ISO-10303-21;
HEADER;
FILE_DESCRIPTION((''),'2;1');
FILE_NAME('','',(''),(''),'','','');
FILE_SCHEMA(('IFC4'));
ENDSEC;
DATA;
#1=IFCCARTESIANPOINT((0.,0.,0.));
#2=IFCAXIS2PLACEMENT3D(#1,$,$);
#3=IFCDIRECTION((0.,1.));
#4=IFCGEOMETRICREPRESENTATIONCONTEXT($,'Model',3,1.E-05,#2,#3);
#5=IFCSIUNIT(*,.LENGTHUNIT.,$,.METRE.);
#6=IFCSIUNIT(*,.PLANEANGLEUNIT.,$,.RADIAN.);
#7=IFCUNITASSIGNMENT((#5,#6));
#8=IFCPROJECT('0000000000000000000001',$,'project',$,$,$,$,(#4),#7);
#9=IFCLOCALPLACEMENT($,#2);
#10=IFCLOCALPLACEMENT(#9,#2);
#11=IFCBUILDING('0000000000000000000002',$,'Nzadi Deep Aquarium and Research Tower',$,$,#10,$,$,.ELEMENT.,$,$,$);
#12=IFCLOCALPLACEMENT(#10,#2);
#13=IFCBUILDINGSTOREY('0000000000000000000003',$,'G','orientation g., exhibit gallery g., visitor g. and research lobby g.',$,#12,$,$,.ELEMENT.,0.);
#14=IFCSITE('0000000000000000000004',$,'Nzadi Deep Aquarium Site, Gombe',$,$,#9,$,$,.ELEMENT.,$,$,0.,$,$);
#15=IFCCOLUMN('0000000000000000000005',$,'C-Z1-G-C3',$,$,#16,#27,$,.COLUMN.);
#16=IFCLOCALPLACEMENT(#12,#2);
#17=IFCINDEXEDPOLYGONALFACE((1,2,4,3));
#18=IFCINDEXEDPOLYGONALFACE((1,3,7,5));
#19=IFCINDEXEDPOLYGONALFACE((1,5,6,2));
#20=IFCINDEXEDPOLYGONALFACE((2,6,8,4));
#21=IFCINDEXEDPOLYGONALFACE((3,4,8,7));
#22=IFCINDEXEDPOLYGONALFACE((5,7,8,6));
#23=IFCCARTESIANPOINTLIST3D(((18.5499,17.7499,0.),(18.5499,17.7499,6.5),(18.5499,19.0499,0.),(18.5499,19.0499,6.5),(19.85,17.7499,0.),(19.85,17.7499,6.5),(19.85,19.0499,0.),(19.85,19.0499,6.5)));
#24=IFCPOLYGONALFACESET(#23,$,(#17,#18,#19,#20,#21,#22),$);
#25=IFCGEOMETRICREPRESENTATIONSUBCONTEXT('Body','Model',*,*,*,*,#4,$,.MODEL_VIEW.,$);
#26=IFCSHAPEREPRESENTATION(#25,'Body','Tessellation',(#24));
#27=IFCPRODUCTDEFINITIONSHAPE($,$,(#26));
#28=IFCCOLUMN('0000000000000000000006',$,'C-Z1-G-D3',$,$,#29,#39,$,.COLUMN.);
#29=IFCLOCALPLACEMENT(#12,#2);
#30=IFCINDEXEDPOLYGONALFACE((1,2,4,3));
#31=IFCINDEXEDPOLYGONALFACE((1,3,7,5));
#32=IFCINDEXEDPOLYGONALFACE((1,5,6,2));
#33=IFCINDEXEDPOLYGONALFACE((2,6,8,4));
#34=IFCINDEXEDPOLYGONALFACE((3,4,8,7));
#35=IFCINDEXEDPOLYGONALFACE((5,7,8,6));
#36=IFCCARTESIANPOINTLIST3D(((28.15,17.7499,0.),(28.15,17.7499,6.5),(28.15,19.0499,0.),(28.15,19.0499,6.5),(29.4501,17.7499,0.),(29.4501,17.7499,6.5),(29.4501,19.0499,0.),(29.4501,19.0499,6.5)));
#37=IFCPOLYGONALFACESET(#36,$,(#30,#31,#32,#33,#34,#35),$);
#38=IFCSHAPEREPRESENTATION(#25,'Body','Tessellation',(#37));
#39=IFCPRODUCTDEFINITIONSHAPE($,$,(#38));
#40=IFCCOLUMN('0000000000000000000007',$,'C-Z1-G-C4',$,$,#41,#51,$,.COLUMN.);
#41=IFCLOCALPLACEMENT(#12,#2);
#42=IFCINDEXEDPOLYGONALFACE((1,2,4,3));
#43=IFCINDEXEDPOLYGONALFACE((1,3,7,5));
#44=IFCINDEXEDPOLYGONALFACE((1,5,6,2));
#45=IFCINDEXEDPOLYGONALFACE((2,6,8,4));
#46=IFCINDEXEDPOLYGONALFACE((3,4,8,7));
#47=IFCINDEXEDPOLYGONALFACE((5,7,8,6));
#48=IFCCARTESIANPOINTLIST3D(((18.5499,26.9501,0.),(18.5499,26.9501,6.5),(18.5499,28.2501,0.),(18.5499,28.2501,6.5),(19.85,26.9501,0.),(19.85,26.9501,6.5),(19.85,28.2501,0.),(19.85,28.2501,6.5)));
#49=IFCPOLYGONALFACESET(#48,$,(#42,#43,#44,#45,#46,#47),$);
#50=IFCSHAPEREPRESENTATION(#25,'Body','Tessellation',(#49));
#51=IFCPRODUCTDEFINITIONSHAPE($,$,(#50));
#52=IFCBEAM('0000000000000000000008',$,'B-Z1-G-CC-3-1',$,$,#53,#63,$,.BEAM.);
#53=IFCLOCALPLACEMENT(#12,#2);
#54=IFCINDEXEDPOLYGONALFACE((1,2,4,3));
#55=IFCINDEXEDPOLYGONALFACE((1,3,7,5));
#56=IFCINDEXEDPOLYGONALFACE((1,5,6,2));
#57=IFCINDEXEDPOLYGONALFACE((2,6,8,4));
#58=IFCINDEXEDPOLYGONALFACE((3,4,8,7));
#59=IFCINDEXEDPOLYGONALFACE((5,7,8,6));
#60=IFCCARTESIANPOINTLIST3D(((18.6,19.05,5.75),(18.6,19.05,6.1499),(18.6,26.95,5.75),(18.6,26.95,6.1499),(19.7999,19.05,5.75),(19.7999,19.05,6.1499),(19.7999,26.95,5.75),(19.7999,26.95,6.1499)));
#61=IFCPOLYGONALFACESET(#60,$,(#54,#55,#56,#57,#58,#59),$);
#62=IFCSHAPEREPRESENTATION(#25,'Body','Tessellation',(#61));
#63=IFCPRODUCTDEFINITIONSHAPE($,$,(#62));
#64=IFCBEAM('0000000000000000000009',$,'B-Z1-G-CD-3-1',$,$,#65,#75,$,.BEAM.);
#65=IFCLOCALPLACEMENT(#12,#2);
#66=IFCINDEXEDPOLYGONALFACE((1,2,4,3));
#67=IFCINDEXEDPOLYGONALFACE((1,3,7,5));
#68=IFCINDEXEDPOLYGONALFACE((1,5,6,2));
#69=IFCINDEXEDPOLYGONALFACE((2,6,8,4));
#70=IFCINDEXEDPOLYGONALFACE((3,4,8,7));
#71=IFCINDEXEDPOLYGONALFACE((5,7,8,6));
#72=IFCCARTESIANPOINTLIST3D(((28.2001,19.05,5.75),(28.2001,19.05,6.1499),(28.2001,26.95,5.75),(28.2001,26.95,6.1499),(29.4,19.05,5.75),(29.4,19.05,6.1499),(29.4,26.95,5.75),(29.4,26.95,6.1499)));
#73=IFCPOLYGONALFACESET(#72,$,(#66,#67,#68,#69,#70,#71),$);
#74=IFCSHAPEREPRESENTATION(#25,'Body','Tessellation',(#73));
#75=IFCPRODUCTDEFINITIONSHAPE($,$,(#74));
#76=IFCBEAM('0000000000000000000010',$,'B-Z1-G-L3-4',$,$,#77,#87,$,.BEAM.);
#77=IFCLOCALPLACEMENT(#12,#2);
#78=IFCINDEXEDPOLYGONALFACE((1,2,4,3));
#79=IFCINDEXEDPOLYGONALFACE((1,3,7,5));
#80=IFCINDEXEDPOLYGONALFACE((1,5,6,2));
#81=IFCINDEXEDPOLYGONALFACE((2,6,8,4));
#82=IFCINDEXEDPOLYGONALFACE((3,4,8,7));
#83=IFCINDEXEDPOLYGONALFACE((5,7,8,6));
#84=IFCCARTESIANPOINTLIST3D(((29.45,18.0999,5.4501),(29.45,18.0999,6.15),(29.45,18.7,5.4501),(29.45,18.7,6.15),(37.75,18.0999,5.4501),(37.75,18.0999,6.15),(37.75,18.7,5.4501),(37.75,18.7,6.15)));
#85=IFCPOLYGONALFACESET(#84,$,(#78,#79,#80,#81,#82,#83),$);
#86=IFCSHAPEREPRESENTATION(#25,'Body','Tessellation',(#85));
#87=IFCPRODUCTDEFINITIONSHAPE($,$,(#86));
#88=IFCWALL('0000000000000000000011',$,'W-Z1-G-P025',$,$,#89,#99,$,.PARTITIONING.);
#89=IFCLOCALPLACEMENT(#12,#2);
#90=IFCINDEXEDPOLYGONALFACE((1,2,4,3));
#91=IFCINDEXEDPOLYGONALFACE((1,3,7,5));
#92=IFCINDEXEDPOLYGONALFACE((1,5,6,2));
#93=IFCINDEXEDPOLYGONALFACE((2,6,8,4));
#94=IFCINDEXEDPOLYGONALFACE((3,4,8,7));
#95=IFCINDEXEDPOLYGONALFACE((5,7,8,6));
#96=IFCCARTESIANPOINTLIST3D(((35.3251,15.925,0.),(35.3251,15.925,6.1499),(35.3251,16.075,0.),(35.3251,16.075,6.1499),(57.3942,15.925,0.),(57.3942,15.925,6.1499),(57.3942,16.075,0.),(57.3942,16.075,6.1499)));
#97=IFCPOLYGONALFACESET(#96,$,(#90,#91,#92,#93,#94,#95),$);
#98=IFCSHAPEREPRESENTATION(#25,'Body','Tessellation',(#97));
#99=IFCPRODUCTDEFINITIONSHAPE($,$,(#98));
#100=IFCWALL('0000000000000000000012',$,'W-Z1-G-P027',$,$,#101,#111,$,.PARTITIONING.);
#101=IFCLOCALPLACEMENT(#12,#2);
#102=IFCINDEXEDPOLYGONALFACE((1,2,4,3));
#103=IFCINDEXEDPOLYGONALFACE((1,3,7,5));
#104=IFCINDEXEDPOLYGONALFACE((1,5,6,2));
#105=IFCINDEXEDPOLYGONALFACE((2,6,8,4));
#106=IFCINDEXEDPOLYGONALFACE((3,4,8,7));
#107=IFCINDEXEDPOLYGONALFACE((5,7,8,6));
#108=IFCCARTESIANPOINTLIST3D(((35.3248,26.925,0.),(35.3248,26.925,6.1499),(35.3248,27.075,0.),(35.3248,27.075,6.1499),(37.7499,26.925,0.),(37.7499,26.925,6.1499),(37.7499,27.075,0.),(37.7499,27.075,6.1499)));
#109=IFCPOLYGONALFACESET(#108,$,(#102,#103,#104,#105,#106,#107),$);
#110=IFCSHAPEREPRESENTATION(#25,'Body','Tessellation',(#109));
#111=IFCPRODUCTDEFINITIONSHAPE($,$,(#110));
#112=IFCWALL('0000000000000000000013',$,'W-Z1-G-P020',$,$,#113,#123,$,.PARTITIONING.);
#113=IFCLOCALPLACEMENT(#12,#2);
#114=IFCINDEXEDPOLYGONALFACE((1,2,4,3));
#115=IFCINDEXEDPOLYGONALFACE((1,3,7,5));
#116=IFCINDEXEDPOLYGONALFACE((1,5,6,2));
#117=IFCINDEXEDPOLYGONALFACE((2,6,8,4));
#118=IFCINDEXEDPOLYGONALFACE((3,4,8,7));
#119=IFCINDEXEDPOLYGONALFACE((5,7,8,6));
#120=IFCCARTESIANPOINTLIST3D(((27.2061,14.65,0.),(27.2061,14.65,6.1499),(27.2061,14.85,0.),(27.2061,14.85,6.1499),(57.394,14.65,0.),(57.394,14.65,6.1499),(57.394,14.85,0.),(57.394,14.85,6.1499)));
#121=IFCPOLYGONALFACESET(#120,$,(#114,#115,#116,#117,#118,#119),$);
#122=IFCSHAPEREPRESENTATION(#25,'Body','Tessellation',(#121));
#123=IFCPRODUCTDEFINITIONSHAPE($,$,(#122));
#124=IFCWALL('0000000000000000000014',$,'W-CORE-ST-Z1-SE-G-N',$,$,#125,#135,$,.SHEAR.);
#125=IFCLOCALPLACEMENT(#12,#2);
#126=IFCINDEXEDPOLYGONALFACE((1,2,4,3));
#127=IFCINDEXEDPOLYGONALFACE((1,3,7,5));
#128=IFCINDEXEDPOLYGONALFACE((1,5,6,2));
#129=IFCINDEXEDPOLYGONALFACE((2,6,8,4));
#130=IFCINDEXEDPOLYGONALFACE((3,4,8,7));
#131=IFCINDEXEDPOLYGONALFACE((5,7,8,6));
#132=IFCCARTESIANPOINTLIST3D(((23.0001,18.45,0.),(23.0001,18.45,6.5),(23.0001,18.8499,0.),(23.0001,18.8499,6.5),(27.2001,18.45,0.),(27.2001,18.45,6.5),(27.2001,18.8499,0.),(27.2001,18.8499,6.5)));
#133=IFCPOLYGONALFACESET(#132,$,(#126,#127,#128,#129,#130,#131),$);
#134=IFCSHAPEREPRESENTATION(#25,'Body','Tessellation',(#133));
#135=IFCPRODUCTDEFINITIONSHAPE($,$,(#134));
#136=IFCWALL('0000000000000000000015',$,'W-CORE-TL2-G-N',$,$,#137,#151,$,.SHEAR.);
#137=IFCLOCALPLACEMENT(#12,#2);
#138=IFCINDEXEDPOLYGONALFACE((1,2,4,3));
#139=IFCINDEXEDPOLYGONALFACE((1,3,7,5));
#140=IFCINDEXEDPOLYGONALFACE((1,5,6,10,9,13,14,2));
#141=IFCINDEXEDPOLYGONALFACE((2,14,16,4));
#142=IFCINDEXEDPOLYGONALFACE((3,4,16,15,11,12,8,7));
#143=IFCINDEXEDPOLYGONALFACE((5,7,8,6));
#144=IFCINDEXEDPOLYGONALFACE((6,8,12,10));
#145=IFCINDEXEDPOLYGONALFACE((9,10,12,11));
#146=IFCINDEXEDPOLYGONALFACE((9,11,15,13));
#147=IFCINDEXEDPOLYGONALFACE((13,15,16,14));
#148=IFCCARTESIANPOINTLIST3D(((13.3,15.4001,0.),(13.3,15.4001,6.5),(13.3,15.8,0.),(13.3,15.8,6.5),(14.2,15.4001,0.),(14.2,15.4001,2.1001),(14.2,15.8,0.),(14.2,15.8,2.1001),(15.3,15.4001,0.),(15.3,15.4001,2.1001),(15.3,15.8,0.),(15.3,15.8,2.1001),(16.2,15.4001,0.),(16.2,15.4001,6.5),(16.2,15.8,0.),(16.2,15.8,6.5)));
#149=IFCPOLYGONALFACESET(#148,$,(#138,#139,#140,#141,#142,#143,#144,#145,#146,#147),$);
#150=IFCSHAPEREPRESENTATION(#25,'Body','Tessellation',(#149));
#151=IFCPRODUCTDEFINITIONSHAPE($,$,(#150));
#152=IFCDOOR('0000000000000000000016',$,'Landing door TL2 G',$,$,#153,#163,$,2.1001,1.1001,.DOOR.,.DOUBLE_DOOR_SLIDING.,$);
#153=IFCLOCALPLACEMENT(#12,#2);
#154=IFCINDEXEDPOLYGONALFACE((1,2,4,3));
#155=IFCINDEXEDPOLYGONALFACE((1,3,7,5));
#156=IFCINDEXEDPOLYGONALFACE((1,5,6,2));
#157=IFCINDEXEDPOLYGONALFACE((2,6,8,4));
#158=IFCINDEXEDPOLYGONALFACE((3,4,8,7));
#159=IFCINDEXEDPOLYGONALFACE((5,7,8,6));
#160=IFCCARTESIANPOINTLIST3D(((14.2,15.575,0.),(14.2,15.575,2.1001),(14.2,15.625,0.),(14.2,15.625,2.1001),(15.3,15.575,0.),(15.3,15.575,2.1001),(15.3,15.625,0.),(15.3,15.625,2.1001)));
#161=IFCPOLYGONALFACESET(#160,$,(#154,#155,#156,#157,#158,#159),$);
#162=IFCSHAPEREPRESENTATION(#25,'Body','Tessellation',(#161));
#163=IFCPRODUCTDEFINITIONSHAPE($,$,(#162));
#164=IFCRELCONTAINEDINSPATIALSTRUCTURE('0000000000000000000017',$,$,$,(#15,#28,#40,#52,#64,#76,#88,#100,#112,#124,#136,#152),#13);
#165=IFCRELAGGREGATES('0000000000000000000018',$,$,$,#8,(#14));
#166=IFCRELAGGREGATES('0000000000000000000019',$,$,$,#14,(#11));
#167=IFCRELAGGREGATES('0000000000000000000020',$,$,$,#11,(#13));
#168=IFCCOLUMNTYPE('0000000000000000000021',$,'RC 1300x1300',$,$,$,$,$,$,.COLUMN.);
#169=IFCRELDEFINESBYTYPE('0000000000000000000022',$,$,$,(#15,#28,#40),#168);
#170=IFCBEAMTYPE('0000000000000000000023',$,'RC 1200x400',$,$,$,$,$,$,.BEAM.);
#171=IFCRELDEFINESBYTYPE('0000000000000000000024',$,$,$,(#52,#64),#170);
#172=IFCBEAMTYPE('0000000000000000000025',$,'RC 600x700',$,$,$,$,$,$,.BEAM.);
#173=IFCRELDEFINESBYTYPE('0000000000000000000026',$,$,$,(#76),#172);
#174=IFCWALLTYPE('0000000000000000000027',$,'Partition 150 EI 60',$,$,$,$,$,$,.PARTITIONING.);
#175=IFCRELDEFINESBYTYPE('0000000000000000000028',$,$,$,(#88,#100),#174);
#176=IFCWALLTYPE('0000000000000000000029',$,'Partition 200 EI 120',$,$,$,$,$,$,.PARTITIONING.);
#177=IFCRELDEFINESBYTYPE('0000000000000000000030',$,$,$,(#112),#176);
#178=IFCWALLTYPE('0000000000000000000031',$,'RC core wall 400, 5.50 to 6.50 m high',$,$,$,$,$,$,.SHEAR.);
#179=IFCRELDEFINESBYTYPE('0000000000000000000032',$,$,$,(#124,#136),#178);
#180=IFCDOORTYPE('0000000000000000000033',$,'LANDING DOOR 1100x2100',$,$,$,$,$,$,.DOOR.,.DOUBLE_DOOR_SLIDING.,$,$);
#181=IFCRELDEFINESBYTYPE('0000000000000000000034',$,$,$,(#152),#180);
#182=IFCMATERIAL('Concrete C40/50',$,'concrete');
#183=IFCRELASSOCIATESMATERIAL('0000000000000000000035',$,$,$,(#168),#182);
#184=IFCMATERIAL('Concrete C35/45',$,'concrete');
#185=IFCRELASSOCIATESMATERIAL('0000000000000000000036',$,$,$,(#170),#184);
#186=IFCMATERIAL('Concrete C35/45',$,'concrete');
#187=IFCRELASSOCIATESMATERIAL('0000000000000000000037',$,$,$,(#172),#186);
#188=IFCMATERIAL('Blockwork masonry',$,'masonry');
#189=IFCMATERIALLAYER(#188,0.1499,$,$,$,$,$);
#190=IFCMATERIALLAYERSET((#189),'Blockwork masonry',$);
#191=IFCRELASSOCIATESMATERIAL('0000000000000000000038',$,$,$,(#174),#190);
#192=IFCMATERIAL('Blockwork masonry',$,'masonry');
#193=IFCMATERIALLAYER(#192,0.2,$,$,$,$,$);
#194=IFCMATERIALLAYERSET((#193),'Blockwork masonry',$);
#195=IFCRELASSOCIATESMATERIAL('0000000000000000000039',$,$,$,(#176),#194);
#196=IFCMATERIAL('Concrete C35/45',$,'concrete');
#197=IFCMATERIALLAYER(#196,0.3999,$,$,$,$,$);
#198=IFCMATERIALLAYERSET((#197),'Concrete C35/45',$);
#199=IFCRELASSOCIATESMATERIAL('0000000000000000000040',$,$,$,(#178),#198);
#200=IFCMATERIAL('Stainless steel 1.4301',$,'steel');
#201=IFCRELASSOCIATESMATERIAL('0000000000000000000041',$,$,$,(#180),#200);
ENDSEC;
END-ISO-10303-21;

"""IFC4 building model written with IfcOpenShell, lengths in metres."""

from ifc_helpers import new_model, si_unit, direction, frame, frame_2d, origin, origin_2d, place, context, subcontext, project, spatial, rectangle, extrude, material, layer, layer_set, material_profile, profile_set, type_object, element, fill, save


model = new_model("IFC4")

# Units and contexts
model_context = context("Model", 3, precision=1e-05, world=origin(), true_north=direction((0.0, 1.0)))
body_context = subcontext(model_context, "Body", "Model", "MODEL_VIEW")
ifc_project = project(units=[si_unit("LENGTHUNIT", "METRE"), si_unit("PLANEANGLEUNIT", "RADIAN")], contexts=[model_context])

# Site, building, storey
site_placement = place(None, origin())
site = spatial("IfcSite", under=ifc_project, at=site_placement, Name="Nzadi Deep Aquarium Site, Gombe", CompositionType="ELEMENT", RefElevation=0.0)
building_placement = place(site_placement, origin())
building = spatial("IfcBuilding", under=site, at=building_placement, Name="Nzadi Deep Aquarium and Research Tower", CompositionType="ELEMENT")
storey_placement = place(building_placement, origin())
storey = spatial("IfcBuildingStorey", under=building, at=storey_placement, Name="G", Description="orientation g., exhibit gallery g., visitor g. and research lobby g.", CompositionType="ELEMENT", Elevation=0.0)

# Columns
ifc_material_1 = material(Name="Concrete C40/50", Category="concrete")
ifc_material_profile_1 = material_profile(ifc_material_1, rectangle(XDim=1.3, YDim=1.3, at=origin_2d()))
ifc_profile_set_1 = profile_set([ifc_material_profile_1], Name="Concrete C40/50")
column_type = type_object("IfcColumnType", Name="RC 1300x1300", PredefinedType="COLUMN", material=ifc_profile_set_1)
for number, where, z_axis, x_axis, name in (
    (1, (19.2, 18.3999, 0.0), (0.0, 0.0, 1.0), (1.0, 0.0, 0.0), "C-Z1-G-C3"),
    (2, (28.8, 18.3999, 0.0), (0.0, 0.0, 1.0), (1.0, 0.0, 0.0), "C-Z1-G-D3"),
    (3, (19.2, 27.6001, 0.0), (0.0, 0.0, 1.0), (1.0, 0.0, 0.0), "C-Z1-G-C4"),
):
    element("IfcColumn", number, at=place(storey_placement, frame(where, z_axis=z_axis, x_axis=x_axis)), inside=storey, type_object=column_type, Name=name, PredefinedType="COLUMN", context=body_context, shape_type="SweptSolid", body=[
        extrude(rectangle(XDim=1.3, YDim=1.3, at=origin_2d()), origin(), (0.0, 0.0, 1.0), 6.5),
    ])

# Beams
ifc_material_2 = material(Name="Concrete C35/45", Category="concrete")
ifc_material_profile_2 = material_profile(ifc_material_2, rectangle(XDim=1.2, YDim=0.3999, at=origin_2d()))
ifc_profile_set_2 = profile_set([ifc_material_profile_2], Name="Concrete C35/45")
beam_type_1 = type_object("IfcBeamType", Name="RC 1200x400", PredefinedType="BEAM", material=ifc_profile_set_2)
for number, where, z_axis, x_axis, name in (
    (4, (19.2, 19.05, 5.95), (0.0, 1.0, 0.0), (-1.0, 0.0, 0.0), "B-Z1-G-CC-3-1"),
    (5, (28.8, 19.05, 5.95), (0.0, 1.0, 0.0), (-1.0, 0.0, 0.0), "B-Z1-G-CD-3-1"),
):
    element("IfcBeam", number, at=place(storey_placement, frame(where, z_axis=z_axis, x_axis=x_axis)), inside=storey, type_object=beam_type_1, Name=name, PredefinedType="BEAM", context=body_context, shape_type="SweptSolid", body=[
        extrude(rectangle(XDim=1.2, YDim=0.3999, at=origin_2d()), origin(), (0.0, 0.0, 1.0), 7.8999),
    ])
ifc_material_3 = material(Name="Concrete C35/45", Category="concrete")
ifc_material_profile_3 = material_profile(ifc_material_3, rectangle(XDim=0.6001, YDim=0.7, at=origin_2d()))
ifc_profile_set_3 = profile_set([ifc_material_profile_3], Name="Concrete C35/45")
beam_type_2 = type_object("IfcBeamType", Name="RC 600x700", PredefinedType="BEAM", material=ifc_profile_set_3)
beam_placement = place(storey_placement, frame((29.45, 18.3999, 5.8), z_axis=(1.0, 0.0, 0.0), x_axis=(0.0, 1.0, 0.0)))
element("IfcBeam", 6, at=beam_placement, inside=storey, type_object=beam_type_2, Name="B-Z1-G-L3-4", PredefinedType="BEAM", context=body_context, shape_type="SweptSolid", body=[
    extrude(rectangle(XDim=0.6001, YDim=0.7, at=origin_2d()), origin(), (0.0, 0.0, 1.0), 8.3),
])

# Walls
ifc_material_4 = material(Name="Blockwork masonry", Category="masonry")
ifc_layer_1 = layer(ifc_material_4, 0.1499)
ifc_layer_set_1 = layer_set([ifc_layer_1], Name="Blockwork masonry")
wall_type_1 = type_object("IfcWallType", Name="Partition 150 EI 60", PredefinedType="PARTITIONING", material=ifc_layer_set_1)
wall_1_placement = place(storey_placement, frame((35.325, 16.0, 0.0), z_axis=(0.0, 0.0, 1.0), x_axis=(1.0, 0.0, 0.0)))
element("IfcWall", 7, at=wall_1_placement, inside=storey, type_object=wall_type_1, Name="W-Z1-G-P025", PredefinedType="PARTITIONING", context=body_context, shape_type="SweptSolid", body=[
    extrude(rectangle(XDim=22.0691, YDim=0.1499, at=frame_2d((11.0347, 0.0))), origin(), (0.0, 0.0, 1.0), 6.1499),
])
wall_2_placement = place(storey_placement, frame((35.325, 27.0, 0.0), z_axis=(0.0, 0.0, 1.0), x_axis=(1.0, 0.0, 0.0)))
element("IfcWall", 8, at=wall_2_placement, inside=storey, type_object=wall_type_1, Name="W-Z1-G-P027", PredefinedType="PARTITIONING", context=body_context, shape_type="SweptSolid", body=[
    extrude(rectangle(XDim=2.425, YDim=0.1499, at=frame_2d((1.2124, 0.0))), origin(), (0.0, 0.0, 1.0), 6.1499),
])
ifc_material_5 = material(Name="Blockwork masonry", Category="masonry")
ifc_layer_2 = layer(ifc_material_5, 0.2)
ifc_layer_set_2 = layer_set([ifc_layer_2], Name="Blockwork masonry")
wall_type_2 = type_object("IfcWallType", Name="Partition 200 EI 120", PredefinedType="PARTITIONING", material=ifc_layer_set_2)
wall_3_placement = place(storey_placement, frame((27.2061, 14.75, 0.0), z_axis=(0.0, 0.0, 1.0), x_axis=(1.0, 0.0, 0.0)))
element("IfcWall", 9, at=wall_3_placement, inside=storey, type_object=wall_type_2, Name="W-Z1-G-P020", PredefinedType="PARTITIONING", context=body_context, shape_type="SweptSolid", body=[
    extrude(rectangle(XDim=30.188, YDim=0.2, at=frame_2d((15.094, 0.0))), origin(), (0.0, 0.0, 1.0), 6.1499),
])
ifc_material_6 = material(Name="Concrete C35/45", Category="concrete")
ifc_layer_3 = layer(ifc_material_6, 0.3999)
ifc_layer_set_3 = layer_set([ifc_layer_3], Name="Concrete C35/45")
wall_type_3 = type_object("IfcWallType", Name="RC core wall 400, 5.50 to 6.50 m high", PredefinedType="SHEAR", material=ifc_layer_set_3)
wall_4_placement = place(storey_placement, frame((23.0, 18.6499, 0.0), z_axis=(0.0, 0.0, 1.0), x_axis=(1.0, 0.0, 0.0)))
element("IfcWall", 10, at=wall_4_placement, inside=storey, type_object=wall_type_3, Name="W-CORE-ST-Z1-SE-G-N", PredefinedType="SHEAR", context=body_context, shape_type="SweptSolid", body=[
    extrude(rectangle(XDim=4.2, YDim=0.3999, at=frame_2d((2.1001, 0.0))), origin(), (0.0, 0.0, 1.0), 6.5),
])

# Wall, opening, door
wall_5_placement = place(storey_placement, frame((13.3, 15.6001, 0.0), z_axis=(0.0, 0.0, 1.0), x_axis=(1.0, 0.0, 0.0)))
wall_5 = element("IfcWall", 11, at=wall_5_placement, inside=storey, type_object=wall_type_3, Name="W-CORE-TL2-G-N", PredefinedType="SHEAR", context=body_context, shape_type="SweptSolid", body=[
    extrude(rectangle(XDim=2.8999, YDim=0.3999, at=frame_2d((1.45, 0.0))), origin(), (0.0, 0.0, 1.0), 6.5),
])
opening_1_placement = place(wall_5_placement, frame((0.8999, 0.0, 0.0)))
opening_1 = element("IfcOpeningElement", 12, at=opening_1_placement, cuts=wall_5, PredefinedType="OPENING", context=body_context, shape_type="SweptSolid", body=[
    extrude(rectangle(XDim=1.1001, YDim=2.1001, at=frame_2d((0.55, 1.05))), frame((0.0, 0.21, 0.0), z_axis=(0.0, -1.0, 0.0), x_axis=(1.0, 0.0, 0.0)), (0.0, 0.0, 1.0), 0.4199),
])
ifc_material_7 = material(Name="Stainless steel 1.4301", Category="steel")
door_type_1 = type_object("IfcDoorType", Name="LANDING DOOR 1100x2100", OperationType="DOUBLE_DOOR_SLIDING", PredefinedType="DOOR", material=ifc_material_7)
door_1_placement = place(opening_1_placement, origin())
door_1 = element("IfcDoor", 13, at=door_1_placement, inside=storey, type_object=door_type_1, Name="Landing door TL2 G", OperationType="DOUBLE_DOOR_SLIDING", OverallHeight=2.1001, OverallWidth=1.1001, PredefinedType="DOOR", context=body_context, shape_type="SweptSolid", body=[
    extrude(rectangle(XDim=1.1001, YDim=2.1001, at=frame_2d((0.55, 1.05))), frame((0.0, 0.0249, 0.0), z_axis=(0.0, -1.0, 0.0), x_axis=(1.0, 0.0, 0.0)), (0.0, 0.0, 1.0), 0.05),
])
fill(opening_1, door_1)

save(model, "model.ifc")
